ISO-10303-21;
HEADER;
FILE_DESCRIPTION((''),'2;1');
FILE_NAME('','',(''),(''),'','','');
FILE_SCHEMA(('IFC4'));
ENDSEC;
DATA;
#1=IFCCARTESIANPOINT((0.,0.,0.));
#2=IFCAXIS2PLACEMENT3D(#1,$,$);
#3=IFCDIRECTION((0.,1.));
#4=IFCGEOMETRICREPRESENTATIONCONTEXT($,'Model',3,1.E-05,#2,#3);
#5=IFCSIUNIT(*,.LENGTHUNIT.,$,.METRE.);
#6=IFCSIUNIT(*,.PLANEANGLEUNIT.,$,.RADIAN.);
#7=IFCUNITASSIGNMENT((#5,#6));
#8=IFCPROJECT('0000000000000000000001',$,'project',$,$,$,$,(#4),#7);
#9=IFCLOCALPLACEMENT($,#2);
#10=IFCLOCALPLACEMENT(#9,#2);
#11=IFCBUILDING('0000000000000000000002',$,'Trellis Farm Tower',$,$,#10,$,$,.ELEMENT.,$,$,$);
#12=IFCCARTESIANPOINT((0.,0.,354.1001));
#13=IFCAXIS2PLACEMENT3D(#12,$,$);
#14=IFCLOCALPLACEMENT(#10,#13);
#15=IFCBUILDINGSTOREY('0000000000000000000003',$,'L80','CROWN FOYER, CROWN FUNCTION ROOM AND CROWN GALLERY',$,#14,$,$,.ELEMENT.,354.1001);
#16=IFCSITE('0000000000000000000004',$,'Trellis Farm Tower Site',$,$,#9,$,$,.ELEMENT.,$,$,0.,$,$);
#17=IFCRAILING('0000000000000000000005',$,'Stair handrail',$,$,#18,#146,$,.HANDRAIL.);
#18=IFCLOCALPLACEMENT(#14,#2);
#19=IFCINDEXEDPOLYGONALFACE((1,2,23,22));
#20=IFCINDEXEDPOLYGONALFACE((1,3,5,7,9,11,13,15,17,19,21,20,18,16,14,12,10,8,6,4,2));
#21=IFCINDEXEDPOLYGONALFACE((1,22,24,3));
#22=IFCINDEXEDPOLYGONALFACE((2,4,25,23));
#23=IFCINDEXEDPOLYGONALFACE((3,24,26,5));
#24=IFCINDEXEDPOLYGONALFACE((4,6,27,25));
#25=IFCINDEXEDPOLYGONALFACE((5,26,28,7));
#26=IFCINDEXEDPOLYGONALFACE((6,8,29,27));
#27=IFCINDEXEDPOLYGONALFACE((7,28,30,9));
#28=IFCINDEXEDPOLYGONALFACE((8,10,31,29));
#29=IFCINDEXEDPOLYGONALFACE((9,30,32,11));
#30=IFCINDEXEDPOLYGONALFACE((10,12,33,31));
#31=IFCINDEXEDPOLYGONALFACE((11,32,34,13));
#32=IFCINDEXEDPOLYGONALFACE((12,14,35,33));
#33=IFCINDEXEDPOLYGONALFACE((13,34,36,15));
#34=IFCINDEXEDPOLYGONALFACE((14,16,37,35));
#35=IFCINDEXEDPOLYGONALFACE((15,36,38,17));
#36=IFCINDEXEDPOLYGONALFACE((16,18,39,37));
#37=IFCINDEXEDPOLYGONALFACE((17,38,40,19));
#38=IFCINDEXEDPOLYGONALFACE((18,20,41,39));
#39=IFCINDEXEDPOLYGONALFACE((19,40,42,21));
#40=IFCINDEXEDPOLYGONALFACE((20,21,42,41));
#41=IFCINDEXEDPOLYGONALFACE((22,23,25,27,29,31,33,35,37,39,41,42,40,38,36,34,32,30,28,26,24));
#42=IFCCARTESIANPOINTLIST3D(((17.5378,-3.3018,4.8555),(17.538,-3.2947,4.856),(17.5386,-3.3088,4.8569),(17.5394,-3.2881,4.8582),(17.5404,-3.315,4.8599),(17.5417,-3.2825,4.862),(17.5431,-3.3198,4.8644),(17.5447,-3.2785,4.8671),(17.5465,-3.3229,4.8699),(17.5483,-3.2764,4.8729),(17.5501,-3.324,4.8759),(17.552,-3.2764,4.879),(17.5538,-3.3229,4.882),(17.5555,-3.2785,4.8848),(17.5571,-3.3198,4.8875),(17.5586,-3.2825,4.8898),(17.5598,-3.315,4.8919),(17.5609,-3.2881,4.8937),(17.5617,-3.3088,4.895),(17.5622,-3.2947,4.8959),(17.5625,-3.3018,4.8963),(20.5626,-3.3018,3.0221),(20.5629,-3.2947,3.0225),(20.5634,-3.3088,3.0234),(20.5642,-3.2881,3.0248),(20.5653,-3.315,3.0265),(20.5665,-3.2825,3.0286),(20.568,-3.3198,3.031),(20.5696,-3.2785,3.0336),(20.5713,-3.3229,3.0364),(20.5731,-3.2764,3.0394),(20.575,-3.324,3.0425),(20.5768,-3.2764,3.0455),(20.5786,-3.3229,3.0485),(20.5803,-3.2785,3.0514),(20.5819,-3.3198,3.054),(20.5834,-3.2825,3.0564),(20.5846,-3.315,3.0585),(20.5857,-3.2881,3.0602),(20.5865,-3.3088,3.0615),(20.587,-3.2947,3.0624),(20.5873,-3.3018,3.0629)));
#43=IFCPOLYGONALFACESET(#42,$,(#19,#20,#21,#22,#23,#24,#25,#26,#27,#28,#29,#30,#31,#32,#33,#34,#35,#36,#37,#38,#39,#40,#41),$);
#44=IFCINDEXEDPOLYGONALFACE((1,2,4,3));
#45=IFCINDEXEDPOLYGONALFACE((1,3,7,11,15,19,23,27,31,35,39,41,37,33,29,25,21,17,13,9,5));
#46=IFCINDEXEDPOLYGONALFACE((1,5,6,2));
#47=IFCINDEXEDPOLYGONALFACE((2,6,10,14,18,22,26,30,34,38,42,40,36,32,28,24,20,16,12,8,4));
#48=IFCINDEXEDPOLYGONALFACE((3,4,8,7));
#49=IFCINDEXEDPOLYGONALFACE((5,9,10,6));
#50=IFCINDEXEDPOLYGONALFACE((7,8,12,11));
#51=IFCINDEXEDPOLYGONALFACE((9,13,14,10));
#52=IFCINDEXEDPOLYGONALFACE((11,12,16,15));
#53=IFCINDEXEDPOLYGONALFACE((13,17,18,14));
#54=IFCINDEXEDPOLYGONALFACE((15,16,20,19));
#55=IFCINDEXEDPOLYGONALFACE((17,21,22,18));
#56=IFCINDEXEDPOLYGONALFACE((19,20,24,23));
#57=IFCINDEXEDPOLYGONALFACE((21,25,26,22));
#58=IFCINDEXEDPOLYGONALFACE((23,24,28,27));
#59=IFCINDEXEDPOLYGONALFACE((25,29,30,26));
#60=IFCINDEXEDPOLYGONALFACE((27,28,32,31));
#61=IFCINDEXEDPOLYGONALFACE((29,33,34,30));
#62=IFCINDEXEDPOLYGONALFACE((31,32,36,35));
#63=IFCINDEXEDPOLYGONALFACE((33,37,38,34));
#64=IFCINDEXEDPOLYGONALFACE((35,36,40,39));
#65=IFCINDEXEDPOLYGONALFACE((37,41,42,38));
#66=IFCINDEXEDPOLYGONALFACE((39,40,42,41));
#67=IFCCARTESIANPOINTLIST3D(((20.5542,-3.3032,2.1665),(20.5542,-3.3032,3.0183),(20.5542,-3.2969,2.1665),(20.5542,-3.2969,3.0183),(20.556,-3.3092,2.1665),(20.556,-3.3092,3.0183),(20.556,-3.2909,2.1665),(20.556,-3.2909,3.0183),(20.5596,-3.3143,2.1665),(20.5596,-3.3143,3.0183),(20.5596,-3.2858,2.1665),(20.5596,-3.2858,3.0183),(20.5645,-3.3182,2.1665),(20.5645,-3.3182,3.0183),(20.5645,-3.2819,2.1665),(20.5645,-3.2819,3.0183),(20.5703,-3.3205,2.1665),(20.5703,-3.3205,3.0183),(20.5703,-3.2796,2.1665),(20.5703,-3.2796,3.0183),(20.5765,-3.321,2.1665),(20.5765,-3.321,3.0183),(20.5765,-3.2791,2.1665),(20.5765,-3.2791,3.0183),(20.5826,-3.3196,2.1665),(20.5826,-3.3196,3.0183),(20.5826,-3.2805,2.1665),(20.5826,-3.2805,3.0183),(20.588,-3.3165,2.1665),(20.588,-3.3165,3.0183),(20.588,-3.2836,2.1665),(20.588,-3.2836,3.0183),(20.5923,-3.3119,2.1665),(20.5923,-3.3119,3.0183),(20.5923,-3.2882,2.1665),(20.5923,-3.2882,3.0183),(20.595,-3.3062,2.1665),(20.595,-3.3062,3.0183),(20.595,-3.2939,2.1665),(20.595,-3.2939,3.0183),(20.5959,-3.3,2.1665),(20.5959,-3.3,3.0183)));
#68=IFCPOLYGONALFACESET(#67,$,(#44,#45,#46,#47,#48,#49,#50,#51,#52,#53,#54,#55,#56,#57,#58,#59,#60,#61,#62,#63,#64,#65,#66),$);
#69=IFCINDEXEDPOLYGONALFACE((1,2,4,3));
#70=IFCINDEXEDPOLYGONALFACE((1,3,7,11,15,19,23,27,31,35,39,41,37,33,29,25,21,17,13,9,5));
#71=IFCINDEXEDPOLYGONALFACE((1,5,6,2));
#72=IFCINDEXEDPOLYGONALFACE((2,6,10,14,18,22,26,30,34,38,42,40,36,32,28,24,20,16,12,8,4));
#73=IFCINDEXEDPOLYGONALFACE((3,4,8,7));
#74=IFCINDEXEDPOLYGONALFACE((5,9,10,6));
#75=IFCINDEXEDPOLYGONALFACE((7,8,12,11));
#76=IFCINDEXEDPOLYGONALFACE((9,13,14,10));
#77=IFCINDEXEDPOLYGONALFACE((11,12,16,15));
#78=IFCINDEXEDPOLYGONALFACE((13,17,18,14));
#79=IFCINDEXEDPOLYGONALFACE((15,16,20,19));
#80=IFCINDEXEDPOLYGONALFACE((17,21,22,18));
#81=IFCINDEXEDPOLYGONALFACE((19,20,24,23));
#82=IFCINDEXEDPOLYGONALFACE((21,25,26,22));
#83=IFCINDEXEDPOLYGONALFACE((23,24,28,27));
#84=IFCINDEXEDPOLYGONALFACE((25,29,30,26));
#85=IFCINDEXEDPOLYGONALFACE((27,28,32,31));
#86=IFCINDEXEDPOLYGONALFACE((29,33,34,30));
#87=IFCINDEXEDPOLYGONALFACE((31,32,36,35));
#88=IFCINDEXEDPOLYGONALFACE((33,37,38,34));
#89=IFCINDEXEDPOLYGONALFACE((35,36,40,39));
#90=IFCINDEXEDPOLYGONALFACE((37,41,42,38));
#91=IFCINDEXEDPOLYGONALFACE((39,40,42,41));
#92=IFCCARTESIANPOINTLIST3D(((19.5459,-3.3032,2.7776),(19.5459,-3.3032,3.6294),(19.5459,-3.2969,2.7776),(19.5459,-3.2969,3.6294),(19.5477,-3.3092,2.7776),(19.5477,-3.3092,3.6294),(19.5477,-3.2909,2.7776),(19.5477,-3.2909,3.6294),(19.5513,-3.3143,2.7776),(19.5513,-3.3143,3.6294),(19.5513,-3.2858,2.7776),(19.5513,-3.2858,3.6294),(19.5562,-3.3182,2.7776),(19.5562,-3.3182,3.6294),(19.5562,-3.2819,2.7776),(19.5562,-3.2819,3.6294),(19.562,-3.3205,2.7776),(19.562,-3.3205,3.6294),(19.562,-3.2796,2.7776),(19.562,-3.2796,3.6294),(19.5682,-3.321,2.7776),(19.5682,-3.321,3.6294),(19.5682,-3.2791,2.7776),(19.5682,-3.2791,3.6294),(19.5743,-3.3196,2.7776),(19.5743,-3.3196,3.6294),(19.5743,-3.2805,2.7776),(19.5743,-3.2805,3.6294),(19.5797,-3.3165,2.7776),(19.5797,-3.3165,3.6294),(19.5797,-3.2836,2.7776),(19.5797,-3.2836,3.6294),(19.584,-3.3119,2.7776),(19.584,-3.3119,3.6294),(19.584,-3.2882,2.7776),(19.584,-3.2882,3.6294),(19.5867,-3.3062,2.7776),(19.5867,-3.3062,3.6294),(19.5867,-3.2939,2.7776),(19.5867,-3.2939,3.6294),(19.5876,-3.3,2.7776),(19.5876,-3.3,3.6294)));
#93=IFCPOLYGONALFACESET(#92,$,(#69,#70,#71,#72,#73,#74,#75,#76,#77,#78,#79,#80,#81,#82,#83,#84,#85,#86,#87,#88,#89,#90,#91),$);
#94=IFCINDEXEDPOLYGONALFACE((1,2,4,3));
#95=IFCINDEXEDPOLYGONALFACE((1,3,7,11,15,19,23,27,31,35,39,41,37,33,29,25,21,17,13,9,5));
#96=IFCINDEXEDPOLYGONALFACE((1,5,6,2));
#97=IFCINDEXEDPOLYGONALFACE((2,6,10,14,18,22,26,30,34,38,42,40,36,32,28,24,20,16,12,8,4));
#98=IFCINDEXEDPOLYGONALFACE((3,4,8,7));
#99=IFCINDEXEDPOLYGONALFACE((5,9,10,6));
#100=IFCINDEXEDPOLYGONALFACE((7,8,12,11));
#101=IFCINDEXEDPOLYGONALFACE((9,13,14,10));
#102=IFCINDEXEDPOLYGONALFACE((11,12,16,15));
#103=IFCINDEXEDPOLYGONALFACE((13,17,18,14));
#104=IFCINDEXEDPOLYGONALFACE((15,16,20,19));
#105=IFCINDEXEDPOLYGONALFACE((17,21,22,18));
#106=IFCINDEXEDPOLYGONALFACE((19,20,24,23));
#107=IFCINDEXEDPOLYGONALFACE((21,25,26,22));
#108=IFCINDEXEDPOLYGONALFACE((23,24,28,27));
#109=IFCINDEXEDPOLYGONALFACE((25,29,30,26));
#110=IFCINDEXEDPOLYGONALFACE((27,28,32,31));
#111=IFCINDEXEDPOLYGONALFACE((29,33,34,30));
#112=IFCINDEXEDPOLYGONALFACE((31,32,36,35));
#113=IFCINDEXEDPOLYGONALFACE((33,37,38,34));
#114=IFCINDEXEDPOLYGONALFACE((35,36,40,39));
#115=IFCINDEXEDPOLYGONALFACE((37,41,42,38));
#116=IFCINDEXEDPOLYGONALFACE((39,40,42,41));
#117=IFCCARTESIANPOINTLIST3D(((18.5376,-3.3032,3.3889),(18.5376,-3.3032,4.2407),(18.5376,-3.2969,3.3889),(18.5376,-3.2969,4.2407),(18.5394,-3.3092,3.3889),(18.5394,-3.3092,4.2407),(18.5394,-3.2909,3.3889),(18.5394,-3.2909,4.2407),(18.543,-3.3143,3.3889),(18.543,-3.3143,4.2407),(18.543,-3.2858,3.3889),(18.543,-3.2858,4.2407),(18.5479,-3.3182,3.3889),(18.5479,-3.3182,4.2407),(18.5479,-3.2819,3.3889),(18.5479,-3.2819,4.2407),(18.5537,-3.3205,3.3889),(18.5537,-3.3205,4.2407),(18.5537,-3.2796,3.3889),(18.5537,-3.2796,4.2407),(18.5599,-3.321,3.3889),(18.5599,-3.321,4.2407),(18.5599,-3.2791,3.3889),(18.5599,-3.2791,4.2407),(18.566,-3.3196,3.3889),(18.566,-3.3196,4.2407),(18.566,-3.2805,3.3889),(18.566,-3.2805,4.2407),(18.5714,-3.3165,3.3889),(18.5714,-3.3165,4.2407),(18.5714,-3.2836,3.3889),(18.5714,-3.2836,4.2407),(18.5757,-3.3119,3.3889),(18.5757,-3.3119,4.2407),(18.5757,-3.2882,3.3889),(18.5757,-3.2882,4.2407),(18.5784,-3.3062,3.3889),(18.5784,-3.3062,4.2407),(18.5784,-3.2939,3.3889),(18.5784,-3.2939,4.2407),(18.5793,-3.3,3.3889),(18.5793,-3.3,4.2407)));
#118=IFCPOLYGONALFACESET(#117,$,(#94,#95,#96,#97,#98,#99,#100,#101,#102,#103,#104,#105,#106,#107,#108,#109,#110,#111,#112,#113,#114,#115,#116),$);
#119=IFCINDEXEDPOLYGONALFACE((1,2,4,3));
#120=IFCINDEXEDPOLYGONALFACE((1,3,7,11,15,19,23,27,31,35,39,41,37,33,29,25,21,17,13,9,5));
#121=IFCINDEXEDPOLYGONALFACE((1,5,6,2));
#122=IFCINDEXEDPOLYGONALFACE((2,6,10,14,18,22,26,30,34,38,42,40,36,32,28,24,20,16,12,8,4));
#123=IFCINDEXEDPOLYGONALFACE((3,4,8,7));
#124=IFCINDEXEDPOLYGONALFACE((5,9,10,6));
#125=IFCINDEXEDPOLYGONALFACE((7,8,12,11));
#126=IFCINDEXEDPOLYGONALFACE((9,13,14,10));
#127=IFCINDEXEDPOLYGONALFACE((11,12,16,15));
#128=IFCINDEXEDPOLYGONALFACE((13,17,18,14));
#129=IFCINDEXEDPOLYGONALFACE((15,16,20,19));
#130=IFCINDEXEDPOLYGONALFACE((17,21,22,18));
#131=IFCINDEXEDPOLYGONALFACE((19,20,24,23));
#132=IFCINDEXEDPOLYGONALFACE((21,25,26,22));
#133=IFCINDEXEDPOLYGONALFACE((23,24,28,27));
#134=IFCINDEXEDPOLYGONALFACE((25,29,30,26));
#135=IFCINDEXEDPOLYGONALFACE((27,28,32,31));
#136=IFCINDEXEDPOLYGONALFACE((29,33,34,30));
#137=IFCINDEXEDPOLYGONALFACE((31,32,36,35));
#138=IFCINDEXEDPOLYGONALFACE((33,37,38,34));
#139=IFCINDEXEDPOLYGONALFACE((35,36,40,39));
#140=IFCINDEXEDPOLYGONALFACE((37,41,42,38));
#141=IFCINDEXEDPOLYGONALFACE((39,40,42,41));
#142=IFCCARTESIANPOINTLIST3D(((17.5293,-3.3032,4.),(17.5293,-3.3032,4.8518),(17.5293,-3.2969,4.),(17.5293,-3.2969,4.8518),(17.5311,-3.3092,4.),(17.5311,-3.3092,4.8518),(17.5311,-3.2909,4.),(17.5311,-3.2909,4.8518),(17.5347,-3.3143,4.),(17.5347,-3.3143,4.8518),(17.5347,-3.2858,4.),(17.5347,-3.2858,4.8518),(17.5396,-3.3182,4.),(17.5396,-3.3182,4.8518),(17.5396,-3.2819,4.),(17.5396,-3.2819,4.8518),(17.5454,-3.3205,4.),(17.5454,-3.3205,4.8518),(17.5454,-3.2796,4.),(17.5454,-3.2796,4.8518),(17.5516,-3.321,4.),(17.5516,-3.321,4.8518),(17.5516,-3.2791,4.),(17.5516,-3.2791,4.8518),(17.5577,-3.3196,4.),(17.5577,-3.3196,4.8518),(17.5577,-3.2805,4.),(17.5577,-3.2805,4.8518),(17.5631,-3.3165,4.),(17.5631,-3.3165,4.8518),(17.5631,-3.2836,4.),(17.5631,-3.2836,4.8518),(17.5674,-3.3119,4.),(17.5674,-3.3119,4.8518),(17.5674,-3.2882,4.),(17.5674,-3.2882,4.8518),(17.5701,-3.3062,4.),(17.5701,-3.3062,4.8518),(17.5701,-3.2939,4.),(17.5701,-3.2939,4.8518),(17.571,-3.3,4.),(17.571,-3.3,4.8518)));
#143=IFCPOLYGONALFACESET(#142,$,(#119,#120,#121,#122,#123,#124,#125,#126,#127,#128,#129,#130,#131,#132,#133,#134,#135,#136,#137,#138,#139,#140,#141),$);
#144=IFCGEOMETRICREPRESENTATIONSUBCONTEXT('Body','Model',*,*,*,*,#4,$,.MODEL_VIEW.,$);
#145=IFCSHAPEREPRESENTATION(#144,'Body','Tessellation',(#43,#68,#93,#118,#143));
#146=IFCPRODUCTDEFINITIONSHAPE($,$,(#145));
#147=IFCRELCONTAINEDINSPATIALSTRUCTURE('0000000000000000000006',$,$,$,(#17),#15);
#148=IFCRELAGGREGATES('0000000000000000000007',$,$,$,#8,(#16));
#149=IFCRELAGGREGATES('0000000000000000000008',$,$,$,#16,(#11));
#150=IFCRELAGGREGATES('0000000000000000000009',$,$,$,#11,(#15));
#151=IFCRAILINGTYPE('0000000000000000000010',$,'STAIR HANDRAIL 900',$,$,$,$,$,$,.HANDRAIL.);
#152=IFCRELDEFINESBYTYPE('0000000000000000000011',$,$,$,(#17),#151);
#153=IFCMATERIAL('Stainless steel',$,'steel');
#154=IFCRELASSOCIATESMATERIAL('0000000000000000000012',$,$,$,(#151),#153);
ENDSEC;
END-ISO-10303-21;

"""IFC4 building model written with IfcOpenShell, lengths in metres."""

from ifc_helpers import new_model, si_unit, direction, frame, origin, origin_2d, place, context, subcontext, project, spatial, circle, extrude, source, transform, mapped, material, type_object, element, save


model = new_model("IFC4")

# Units and contexts
model_context = context("Model", 3, precision=1e-05, world=origin(), true_north=direction((0.0, 1.0)))
body_context = subcontext(model_context, "Body", "Model", "MODEL_VIEW")
ifc_project = project(units=[si_unit("LENGTHUNIT", "METRE"), si_unit("PLANEANGLEUNIT", "RADIAN")], contexts=[model_context])

# Site, building, storey
site_placement = place(None, origin())
site = spatial("IfcSite", under=ifc_project, at=site_placement, Name="Trellis Farm Tower Site", CompositionType="ELEMENT", RefElevation=0.0)
building_placement = place(site_placement, origin())
building = spatial("IfcBuilding", under=site, at=building_placement, Name="Trellis Farm Tower", CompositionType="ELEMENT")
storey_placement = place(building_placement, frame((0.0, 0.0, 354.1001)))
storey = spatial("IfcBuildingStorey", under=building, at=storey_placement, Name="L80", Description="CROWN FOYER, CROWN FUNCTION ROOM AND CROWN GALLERY", CompositionType="ELEMENT", Elevation=354.1001)

# Railing
ifc_material_1 = material(Name="Stainless steel", Category="steel")
railing_type_1 = type_object("IfcRailingType", Name="STAIR HANDRAIL 900", PredefinedType="HANDRAIL", material=ifc_material_1)
shared_shape_1 = source(origin(), body_context, "Body", "SweptSolid", [
    extrude(circle(Radius=0.0239, at=origin_2d()), frame((0.0, 0.0, 0.876), z_axis=(-0.85517, 0.0, 0.518348), x_axis=(0.0, -1.0, 0.0)), (0.0, 0.0, 1.0), 3.5371),
    extrude(circle(Radius=0.021, at=origin_2d()), origin(), (0.0, 0.0, 1.0), 0.8518),
    extrude(circle(Radius=0.021, at=origin_2d()), frame((-1.0083, 0.0, 0.6111)), (0.0, 0.0, 1.0), 0.8518),
    extrude(circle(Radius=0.021, at=origin_2d()), frame((-2.0166, 0.0, 1.2224)), (0.0, 0.0, 1.0), 0.8518),
    extrude(circle(Radius=0.021, at=origin_2d()), frame((-3.0249, 0.0, 1.8335)), (0.0, 0.0, 1.0), 0.8518),
])
for number, where, name in (
    (1, (20.575, -3.3, 2.1665), "Stair handrail"),
):
    element("IfcRailing", number, at=place(storey_placement, frame(where)), inside=storey, type_object=railing_type_1, Name=name, PredefinedType="HANDRAIL", context=body_context, shape_type="MappedRepresentation", body=[
        mapped(shared_shape_1, transform((0.0, 0.0, 0.0))),
    ])

save(model, "model.ifc")
